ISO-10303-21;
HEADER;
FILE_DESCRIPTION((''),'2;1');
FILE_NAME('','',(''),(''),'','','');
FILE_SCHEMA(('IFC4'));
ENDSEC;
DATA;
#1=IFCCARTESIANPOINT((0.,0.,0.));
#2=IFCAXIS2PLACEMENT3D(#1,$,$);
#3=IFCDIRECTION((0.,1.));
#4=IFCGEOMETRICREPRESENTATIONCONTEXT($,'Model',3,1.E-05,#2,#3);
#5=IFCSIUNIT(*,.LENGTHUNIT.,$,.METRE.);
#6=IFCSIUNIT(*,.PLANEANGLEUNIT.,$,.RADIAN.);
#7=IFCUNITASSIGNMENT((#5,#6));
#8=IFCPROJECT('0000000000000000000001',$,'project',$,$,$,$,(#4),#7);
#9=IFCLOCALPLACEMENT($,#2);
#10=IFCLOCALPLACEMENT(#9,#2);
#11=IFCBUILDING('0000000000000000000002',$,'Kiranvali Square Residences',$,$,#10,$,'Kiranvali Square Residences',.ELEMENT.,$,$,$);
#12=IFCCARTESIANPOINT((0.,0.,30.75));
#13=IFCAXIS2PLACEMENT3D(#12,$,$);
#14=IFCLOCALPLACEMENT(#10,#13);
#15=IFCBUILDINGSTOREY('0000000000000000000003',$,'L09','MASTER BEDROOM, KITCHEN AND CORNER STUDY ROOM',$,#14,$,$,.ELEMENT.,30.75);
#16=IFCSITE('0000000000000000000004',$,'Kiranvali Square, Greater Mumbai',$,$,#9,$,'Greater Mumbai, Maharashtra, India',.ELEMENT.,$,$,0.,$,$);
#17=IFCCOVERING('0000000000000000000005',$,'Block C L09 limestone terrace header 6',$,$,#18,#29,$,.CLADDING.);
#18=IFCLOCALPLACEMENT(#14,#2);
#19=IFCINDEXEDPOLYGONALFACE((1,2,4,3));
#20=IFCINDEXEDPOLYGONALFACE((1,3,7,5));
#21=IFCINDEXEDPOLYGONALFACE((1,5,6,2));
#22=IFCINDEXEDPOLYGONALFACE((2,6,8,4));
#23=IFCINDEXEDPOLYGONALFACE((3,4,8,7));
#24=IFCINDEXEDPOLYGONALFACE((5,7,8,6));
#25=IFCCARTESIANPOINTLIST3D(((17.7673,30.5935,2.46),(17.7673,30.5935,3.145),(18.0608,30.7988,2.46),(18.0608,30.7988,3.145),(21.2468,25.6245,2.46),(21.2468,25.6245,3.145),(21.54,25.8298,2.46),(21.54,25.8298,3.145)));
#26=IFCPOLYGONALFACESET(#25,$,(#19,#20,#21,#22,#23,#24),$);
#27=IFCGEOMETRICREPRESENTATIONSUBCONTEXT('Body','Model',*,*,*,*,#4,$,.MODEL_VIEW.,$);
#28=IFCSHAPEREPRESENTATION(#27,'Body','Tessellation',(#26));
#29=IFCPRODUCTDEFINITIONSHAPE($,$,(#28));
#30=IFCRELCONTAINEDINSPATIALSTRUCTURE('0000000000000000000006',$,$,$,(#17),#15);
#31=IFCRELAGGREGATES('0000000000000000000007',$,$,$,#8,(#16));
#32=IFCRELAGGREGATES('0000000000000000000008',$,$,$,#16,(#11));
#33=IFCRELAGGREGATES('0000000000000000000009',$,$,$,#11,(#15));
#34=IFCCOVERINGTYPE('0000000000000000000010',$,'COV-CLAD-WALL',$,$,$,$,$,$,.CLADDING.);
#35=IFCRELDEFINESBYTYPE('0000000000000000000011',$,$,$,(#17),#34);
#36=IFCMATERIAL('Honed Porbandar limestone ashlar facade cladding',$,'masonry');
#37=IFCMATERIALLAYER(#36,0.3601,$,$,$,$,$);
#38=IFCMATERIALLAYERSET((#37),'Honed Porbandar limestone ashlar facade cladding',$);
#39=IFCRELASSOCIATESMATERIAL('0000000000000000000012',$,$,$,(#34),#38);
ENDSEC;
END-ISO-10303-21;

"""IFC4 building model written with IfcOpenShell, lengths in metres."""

from ifc_helpers import new_model, si_unit, direction, frame, origin, place, context, subcontext, project, spatial, polyline, outline, extrude, material, layer, layer_set, type_object, element, save


model = new_model("IFC4")

# Units and contexts
model_context = context("Model", 3, precision=1e-05, world=origin(), true_north=direction((0.0, 1.0)))
body_context = subcontext(model_context, "Body", "Model", "MODEL_VIEW")
ifc_project = project(units=[si_unit("LENGTHUNIT", "METRE"), si_unit("PLANEANGLEUNIT", "RADIAN")], contexts=[model_context])

# Site, building, storey
site_placement = place(None, origin())
site = spatial("IfcSite", under=ifc_project, at=site_placement, Name="Kiranvali Square, Greater Mumbai", LongName="Greater Mumbai, Maharashtra, India", CompositionType="ELEMENT", RefElevation=0.0)
building_placement = place(site_placement, origin())
building = spatial("IfcBuilding", under=site, at=building_placement, Name="Kiranvali Square Residences", LongName="Kiranvali Square Residences", CompositionType="ELEMENT")
storey_placement = place(building_placement, frame((0.0, 0.0, 30.75)))
storey = spatial("IfcBuildingStorey", under=building, at=storey_placement, Name="L09", Description="MASTER BEDROOM, KITCHEN AND CORNER STUDY ROOM", CompositionType="ELEMENT", Elevation=30.75)

# Covering
ifc_material = material(Name="Honed Porbandar limestone ashlar facade cladding", Category="masonry")
ifc_layer = layer(ifc_material, 0.3601)
ifc_layer_set = layer_set([ifc_layer], Name="Honed Porbandar limestone ashlar facade cladding")
covering_type = type_object("IfcCoveringType", Name="COV-CLAD-WALL", PredefinedType="CLADDING", material=ifc_layer_set)
covering_1_placement = place(storey_placement, frame((0.0, 0.0, 2.46)))
element("IfcCovering", 1, at=covering_1_placement, inside=storey, type_object=covering_type, Name="Block C L09 limestone terrace header 6", PredefinedType="CLADDING", context=body_context, shape_type="SweptSolid", body=[
    extrude(outline(polyline([(21.54, 25.8298), (18.0608, 30.7988), (17.7673, 30.5935), (21.2468, 25.6245), (21.54, 25.8298)])), origin(), (0.0, 0.0, 1.0), 0.6851),
])

save(model, "model.ifc")
